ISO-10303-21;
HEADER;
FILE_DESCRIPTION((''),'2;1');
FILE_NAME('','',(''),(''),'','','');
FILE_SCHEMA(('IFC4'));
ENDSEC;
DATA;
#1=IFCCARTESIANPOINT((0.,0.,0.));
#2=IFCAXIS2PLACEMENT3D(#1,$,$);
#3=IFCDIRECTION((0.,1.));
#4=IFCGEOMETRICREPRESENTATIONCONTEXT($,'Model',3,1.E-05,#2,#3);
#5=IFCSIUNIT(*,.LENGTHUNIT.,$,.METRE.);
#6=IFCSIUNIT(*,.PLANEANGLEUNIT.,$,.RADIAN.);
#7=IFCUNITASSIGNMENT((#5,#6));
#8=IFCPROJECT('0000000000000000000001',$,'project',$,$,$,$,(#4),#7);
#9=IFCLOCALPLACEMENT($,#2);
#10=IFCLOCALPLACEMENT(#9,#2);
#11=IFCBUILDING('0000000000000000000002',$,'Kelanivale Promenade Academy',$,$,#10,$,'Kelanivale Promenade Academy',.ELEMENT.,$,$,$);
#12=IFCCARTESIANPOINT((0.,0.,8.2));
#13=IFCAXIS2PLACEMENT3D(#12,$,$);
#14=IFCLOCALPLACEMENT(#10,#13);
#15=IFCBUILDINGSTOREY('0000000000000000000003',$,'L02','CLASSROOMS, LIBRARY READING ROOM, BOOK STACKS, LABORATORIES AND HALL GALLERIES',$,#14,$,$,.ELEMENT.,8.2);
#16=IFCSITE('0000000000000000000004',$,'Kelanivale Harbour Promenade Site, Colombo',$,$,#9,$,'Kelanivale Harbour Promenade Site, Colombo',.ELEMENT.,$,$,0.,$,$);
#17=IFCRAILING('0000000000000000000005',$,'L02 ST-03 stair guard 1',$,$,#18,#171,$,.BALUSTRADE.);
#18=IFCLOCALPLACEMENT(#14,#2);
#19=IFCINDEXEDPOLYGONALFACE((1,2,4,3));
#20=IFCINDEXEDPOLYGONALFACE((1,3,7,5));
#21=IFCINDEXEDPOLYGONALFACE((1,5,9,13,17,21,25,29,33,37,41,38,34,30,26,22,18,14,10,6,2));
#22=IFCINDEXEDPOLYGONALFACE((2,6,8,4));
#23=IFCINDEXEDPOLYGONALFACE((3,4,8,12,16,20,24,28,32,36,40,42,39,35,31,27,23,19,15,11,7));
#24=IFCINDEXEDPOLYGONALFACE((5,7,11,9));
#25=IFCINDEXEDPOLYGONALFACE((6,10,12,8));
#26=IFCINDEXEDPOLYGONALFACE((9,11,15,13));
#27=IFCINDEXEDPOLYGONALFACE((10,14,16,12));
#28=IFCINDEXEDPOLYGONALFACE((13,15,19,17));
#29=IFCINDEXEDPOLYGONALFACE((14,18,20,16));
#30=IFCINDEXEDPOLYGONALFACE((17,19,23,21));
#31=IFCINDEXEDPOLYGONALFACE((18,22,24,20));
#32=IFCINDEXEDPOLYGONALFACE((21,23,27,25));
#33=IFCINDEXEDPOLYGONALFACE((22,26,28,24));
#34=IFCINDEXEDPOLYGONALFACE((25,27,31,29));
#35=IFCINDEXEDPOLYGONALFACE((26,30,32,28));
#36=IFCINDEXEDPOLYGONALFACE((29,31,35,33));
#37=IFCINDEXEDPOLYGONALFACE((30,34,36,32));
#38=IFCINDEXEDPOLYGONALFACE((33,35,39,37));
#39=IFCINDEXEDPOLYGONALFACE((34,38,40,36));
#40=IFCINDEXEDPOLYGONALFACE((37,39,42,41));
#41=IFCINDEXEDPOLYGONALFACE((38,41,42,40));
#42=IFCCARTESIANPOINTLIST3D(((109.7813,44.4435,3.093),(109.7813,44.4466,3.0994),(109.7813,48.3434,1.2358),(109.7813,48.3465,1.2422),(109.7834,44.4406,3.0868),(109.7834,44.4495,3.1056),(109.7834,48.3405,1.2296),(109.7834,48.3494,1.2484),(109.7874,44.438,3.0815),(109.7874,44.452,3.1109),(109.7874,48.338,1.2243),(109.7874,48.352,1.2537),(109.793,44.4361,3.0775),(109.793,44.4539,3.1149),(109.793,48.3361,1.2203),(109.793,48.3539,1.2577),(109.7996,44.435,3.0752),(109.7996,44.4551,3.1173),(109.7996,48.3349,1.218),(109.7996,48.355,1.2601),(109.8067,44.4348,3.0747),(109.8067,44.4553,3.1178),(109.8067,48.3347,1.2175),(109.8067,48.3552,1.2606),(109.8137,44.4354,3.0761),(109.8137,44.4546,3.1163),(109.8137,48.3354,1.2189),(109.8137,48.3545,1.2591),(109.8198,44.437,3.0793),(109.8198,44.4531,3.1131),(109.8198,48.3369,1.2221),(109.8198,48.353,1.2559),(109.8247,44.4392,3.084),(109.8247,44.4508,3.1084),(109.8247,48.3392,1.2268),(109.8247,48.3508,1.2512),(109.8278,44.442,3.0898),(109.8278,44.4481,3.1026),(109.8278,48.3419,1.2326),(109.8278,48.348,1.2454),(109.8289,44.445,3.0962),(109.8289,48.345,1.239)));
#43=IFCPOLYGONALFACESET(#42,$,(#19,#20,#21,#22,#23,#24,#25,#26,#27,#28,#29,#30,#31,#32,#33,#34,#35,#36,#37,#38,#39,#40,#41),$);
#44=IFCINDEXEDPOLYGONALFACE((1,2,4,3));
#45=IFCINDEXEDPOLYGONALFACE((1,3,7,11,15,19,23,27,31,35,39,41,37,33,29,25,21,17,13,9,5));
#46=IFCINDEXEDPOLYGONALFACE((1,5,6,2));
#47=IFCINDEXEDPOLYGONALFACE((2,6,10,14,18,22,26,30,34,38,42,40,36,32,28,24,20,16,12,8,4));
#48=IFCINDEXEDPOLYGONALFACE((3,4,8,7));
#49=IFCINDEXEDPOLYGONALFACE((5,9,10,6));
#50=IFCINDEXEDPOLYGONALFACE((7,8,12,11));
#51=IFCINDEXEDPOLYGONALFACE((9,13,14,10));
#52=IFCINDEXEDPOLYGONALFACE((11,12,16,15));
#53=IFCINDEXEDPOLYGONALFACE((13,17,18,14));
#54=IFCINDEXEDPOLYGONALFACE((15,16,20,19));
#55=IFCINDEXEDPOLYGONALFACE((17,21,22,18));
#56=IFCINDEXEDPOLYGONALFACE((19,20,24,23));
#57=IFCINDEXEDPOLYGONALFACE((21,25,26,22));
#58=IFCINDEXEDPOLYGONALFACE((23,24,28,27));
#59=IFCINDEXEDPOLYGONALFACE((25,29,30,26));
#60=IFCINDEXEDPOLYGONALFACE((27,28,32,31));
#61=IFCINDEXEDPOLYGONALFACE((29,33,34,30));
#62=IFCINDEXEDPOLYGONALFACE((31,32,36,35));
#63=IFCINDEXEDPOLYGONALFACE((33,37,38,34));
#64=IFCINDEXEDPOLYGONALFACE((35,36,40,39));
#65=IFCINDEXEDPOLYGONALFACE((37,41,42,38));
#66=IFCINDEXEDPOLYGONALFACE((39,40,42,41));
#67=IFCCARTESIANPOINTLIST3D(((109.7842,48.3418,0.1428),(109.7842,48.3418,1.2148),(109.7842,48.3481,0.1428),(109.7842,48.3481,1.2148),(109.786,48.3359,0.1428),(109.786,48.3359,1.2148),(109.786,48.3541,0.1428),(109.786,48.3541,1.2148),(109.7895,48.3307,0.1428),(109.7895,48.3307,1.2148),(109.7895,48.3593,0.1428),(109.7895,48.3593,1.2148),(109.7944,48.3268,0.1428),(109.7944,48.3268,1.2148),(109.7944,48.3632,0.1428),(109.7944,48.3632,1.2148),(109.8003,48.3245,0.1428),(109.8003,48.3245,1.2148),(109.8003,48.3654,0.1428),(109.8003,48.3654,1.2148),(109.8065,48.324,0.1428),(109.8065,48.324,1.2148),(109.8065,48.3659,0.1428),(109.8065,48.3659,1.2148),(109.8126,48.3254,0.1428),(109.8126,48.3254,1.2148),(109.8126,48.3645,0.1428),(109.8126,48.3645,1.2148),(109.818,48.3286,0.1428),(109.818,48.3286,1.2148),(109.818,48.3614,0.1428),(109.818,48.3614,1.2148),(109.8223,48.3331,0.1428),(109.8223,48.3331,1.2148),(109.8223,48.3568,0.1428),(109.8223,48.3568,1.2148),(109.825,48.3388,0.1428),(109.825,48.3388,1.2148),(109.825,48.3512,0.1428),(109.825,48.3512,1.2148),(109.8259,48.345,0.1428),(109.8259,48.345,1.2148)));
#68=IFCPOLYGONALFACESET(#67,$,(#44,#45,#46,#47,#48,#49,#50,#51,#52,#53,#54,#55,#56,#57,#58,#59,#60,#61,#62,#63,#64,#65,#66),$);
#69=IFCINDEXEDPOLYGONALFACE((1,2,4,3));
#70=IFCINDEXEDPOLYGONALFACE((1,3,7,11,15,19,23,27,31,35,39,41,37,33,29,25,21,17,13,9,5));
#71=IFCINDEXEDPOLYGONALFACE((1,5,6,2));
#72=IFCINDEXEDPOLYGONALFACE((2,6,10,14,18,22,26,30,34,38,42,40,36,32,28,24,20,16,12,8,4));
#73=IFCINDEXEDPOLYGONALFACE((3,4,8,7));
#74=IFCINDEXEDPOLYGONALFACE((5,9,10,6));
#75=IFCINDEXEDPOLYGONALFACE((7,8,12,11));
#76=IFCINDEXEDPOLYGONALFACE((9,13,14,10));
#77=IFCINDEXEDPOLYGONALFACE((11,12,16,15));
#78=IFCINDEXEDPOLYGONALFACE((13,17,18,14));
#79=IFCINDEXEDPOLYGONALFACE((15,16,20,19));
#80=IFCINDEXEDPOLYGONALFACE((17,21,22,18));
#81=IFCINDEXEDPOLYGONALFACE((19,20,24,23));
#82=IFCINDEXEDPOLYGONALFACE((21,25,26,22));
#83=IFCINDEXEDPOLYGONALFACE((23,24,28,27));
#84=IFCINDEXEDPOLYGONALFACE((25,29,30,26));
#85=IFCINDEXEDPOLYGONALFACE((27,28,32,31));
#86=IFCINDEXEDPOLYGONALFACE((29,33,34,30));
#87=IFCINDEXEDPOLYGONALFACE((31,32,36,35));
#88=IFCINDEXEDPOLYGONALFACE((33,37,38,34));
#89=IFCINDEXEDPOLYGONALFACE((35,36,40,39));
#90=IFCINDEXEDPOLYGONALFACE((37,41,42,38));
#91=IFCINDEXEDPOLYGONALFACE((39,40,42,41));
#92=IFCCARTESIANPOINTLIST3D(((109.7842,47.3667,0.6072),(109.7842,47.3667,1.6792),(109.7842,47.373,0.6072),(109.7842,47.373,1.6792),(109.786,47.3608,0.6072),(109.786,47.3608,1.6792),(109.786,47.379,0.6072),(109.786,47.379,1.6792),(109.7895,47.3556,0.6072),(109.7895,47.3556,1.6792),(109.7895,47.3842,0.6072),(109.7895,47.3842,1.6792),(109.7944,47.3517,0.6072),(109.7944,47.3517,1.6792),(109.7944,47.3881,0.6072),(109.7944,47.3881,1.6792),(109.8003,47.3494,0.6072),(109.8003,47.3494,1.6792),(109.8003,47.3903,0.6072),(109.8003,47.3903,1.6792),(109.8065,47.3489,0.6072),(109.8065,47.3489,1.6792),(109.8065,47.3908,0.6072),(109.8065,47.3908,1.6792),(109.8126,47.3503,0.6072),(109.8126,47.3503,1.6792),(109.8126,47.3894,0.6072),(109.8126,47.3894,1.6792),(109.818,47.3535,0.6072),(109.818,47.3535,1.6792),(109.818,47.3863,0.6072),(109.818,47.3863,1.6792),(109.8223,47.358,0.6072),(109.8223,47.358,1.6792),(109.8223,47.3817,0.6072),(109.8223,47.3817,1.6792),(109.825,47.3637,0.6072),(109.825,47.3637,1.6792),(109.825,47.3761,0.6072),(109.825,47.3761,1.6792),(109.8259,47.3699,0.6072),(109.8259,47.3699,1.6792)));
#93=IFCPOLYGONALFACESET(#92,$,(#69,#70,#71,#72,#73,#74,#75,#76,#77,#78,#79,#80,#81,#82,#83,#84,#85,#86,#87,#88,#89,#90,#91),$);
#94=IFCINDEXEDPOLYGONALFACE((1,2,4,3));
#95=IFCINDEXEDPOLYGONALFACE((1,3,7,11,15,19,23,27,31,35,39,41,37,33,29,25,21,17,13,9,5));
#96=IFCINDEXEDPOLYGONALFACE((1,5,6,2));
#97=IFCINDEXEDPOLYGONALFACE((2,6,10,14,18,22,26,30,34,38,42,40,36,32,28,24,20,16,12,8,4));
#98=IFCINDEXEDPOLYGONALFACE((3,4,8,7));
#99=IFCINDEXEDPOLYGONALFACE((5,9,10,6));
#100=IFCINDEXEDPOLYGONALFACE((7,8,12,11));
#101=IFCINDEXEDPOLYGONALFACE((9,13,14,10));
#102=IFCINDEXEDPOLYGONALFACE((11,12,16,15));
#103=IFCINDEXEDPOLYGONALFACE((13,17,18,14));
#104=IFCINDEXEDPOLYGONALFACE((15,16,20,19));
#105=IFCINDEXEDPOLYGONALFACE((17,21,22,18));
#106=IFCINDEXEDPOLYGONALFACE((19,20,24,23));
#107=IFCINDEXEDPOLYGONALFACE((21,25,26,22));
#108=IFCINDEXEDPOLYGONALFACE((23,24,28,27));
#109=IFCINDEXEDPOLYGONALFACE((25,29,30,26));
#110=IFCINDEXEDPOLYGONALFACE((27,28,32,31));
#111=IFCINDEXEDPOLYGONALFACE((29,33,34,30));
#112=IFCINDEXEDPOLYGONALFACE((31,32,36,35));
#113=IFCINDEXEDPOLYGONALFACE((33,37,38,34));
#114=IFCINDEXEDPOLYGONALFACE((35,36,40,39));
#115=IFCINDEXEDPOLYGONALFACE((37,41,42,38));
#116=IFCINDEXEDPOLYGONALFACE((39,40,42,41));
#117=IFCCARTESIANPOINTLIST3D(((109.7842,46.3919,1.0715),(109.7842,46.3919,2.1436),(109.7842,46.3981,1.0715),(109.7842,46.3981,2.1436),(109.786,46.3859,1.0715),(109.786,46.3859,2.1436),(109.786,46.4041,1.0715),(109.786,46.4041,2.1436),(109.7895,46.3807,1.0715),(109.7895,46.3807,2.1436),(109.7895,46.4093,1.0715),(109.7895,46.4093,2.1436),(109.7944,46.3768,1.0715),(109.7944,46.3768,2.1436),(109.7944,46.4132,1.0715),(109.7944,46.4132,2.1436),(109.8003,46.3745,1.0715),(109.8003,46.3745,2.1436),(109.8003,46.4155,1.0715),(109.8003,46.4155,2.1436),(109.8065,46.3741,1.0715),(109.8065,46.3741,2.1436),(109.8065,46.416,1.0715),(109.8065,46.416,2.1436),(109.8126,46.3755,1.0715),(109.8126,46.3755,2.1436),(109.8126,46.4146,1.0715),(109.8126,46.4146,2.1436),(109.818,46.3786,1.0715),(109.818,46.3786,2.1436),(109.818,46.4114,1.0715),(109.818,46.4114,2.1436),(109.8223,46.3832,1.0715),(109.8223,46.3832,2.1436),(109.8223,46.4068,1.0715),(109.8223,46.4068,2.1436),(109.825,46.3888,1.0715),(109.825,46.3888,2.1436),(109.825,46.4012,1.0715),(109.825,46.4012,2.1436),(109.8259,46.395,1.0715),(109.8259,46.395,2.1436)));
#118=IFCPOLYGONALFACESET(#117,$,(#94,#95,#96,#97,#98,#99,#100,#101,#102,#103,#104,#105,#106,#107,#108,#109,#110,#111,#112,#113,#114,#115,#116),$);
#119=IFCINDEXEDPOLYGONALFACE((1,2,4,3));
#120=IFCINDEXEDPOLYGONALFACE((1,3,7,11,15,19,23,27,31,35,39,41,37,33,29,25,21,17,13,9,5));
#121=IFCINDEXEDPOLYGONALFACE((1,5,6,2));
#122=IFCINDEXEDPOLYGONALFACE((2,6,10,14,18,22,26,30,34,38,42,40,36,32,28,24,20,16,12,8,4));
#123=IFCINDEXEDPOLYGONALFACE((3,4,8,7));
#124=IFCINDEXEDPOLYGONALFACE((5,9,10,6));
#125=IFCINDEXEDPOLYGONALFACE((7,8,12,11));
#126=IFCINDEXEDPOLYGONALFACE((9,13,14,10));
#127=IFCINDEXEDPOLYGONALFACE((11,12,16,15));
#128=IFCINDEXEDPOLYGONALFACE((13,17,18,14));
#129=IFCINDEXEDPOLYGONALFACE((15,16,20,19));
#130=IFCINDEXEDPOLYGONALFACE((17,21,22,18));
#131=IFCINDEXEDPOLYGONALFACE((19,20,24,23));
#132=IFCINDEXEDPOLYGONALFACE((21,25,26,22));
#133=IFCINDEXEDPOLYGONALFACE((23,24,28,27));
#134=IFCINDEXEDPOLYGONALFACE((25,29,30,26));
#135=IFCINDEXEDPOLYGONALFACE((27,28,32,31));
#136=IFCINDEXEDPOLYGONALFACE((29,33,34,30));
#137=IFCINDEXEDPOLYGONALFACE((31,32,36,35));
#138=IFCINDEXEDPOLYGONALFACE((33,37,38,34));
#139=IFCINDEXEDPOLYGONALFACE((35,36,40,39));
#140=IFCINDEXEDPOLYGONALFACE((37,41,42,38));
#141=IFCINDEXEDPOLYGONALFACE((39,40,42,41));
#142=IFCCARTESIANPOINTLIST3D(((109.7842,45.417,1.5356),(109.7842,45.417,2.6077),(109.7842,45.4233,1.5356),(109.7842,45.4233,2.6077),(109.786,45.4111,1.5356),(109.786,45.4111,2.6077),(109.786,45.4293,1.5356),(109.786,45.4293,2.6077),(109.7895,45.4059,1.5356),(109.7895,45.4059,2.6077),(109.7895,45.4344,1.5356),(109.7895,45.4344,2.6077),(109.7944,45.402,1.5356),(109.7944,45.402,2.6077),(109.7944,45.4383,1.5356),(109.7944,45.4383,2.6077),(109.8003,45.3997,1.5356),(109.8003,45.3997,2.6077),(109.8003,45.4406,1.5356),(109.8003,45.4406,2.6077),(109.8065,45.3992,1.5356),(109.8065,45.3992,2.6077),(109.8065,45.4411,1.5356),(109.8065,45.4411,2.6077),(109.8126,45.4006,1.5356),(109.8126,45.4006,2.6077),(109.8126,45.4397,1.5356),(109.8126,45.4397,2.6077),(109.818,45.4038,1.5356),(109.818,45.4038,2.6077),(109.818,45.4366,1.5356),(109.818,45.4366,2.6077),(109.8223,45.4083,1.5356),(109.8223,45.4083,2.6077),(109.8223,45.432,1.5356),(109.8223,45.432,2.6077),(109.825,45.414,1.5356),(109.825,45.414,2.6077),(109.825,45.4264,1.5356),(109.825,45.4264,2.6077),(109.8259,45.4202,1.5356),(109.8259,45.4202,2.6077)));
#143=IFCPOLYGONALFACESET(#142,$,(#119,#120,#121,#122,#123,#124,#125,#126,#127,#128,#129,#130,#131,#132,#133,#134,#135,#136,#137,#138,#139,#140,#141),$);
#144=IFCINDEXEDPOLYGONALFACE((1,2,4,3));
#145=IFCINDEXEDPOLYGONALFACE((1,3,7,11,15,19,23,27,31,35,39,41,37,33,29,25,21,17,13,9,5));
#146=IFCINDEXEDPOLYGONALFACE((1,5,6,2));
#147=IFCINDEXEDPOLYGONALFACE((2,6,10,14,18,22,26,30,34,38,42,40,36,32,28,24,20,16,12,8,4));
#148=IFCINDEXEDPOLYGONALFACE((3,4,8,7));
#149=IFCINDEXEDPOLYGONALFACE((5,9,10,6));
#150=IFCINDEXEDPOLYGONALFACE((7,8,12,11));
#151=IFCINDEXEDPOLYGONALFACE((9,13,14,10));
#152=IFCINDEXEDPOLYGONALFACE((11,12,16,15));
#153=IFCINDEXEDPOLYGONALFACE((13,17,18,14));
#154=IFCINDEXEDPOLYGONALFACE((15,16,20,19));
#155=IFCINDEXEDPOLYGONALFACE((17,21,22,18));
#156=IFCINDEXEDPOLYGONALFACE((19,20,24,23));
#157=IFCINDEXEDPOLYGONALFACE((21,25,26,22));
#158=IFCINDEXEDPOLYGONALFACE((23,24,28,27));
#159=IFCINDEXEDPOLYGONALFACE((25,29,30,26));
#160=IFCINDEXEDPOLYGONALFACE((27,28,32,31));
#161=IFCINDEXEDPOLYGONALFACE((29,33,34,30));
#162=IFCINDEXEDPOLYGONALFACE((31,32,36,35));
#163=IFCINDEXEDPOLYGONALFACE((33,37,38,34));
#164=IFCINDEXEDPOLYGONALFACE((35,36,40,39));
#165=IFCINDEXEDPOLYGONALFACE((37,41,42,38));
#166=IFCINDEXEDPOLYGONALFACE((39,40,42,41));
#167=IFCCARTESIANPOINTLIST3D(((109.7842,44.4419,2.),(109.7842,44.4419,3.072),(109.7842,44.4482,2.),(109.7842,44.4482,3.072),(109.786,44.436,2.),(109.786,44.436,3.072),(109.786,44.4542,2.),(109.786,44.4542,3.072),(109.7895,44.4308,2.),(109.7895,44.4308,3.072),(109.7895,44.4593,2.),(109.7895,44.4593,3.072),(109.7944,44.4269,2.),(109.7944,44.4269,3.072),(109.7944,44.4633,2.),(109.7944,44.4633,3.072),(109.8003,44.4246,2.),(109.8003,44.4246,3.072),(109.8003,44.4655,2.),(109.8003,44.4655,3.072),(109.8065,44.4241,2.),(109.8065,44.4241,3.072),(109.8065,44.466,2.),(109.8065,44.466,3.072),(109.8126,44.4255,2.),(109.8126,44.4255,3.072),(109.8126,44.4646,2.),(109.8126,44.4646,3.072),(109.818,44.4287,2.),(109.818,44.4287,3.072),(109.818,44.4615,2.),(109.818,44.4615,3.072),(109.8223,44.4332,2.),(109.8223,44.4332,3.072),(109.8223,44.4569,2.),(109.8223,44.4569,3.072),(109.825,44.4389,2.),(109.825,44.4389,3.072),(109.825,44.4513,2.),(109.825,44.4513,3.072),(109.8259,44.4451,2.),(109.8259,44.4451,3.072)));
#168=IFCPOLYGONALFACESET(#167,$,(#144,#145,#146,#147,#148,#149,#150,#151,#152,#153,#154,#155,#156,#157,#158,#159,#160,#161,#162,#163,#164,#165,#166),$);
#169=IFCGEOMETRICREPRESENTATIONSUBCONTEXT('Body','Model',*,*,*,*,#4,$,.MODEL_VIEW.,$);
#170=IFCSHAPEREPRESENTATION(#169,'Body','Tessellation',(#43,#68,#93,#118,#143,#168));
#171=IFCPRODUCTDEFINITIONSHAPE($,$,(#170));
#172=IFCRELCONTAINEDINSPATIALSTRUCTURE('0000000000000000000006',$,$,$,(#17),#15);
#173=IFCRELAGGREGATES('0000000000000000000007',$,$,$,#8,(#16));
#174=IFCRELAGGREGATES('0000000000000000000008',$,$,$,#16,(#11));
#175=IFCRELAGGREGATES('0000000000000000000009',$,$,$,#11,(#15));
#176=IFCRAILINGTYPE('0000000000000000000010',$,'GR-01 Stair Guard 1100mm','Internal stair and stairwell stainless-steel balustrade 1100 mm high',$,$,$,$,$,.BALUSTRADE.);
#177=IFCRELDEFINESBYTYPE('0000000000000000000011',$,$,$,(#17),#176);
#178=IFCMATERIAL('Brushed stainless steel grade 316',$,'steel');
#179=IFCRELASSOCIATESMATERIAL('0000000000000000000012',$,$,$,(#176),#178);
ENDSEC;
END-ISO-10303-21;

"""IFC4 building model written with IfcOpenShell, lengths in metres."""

from ifc_helpers import new_model, si_unit, direction, frame, origin, origin_2d, place, context, subcontext, project, spatial, circle, extrude, material, type_object, element, save


model = new_model("IFC4")

# Units and contexts
model_context = context("Model", 3, precision=1e-05, world=origin(), true_north=direction((0.0, 1.0)))
body_context = subcontext(model_context, "Body", "Model", "MODEL_VIEW")
ifc_project = project(units=[si_unit("LENGTHUNIT", "METRE"), si_unit("PLANEANGLEUNIT", "RADIAN")], contexts=[model_context])

# Site, building, storey
site_placement = place(None, origin())
site = spatial("IfcSite", under=ifc_project, at=site_placement, Name="Kelanivale Harbour Promenade Site, Colombo", LongName="Kelanivale Harbour Promenade Site, Colombo", CompositionType="ELEMENT", RefElevation=0.0)
building_placement = place(site_placement, origin())
building = spatial("IfcBuilding", under=site, at=building_placement, Name="Kelanivale Promenade Academy", LongName="Kelanivale Promenade Academy", CompositionType="ELEMENT")
storey_placement = place(building_placement, frame((0.0, 0.0, 8.2)))
storey = spatial("IfcBuildingStorey", under=building, at=storey_placement, Name="L02", Description="CLASSROOMS, LIBRARY READING ROOM, BOOK STACKS, LABORATORIES AND HALL GALLERIES", CompositionType="ELEMENT", Elevation=8.2)

# Railing
ifc_material_1 = material(Name="Brushed stainless steel grade 316", Category="steel")
railing_type_1 = type_object("IfcRailingType", Name="GR-01 Stair Guard 1100mm", Description="Internal stair and stairwell stainless-steel balustrade 1100 mm high", PredefinedType="BALUSTRADE", material=ifc_material_1)
railing_1_placement = place(storey_placement, frame((109.8049, 48.345, 0.1428)))
element("IfcRailing", 1, at=railing_1_placement, inside=storey, type_object=railing_type_1, Name="L02 ST-03 stair guard 1", PredefinedType="BALUSTRADE", context=body_context, shape_type="SweptSolid", body=[
    extrude(circle(Radius=0.0239, at=origin_2d()), frame((0.0, 0.0, 1.0962), z_axis=(0.0, -0.902853, 0.429949), x_axis=(1.0, 0.0, 0.0)), (0.0, 0.0, 1.0), 4.3196),
    extrude(circle(Radius=0.021, at=origin_2d()), origin(), (0.0, 0.0, 1.0), 1.072),
    extrude(circle(Radius=0.021, at=origin_2d()), frame((0.0, -0.9751, 0.4644)), (0.0, 0.0, 1.0), 1.072),
    extrude(circle(Radius=0.021, at=origin_2d()), frame((0.0, -1.95, 0.9287)), (0.0, 0.0, 1.0), 1.072),
    extrude(circle(Radius=0.021, at=origin_2d()), frame((0.0, -2.9248, 1.3928)), (0.0, 0.0, 1.0), 1.072),
    extrude(circle(Radius=0.021, at=origin_2d()), frame((0.0, -3.8999, 1.8572)), (0.0, 0.0, 1.0), 1.072),
])

save(model, "model.ifc")
